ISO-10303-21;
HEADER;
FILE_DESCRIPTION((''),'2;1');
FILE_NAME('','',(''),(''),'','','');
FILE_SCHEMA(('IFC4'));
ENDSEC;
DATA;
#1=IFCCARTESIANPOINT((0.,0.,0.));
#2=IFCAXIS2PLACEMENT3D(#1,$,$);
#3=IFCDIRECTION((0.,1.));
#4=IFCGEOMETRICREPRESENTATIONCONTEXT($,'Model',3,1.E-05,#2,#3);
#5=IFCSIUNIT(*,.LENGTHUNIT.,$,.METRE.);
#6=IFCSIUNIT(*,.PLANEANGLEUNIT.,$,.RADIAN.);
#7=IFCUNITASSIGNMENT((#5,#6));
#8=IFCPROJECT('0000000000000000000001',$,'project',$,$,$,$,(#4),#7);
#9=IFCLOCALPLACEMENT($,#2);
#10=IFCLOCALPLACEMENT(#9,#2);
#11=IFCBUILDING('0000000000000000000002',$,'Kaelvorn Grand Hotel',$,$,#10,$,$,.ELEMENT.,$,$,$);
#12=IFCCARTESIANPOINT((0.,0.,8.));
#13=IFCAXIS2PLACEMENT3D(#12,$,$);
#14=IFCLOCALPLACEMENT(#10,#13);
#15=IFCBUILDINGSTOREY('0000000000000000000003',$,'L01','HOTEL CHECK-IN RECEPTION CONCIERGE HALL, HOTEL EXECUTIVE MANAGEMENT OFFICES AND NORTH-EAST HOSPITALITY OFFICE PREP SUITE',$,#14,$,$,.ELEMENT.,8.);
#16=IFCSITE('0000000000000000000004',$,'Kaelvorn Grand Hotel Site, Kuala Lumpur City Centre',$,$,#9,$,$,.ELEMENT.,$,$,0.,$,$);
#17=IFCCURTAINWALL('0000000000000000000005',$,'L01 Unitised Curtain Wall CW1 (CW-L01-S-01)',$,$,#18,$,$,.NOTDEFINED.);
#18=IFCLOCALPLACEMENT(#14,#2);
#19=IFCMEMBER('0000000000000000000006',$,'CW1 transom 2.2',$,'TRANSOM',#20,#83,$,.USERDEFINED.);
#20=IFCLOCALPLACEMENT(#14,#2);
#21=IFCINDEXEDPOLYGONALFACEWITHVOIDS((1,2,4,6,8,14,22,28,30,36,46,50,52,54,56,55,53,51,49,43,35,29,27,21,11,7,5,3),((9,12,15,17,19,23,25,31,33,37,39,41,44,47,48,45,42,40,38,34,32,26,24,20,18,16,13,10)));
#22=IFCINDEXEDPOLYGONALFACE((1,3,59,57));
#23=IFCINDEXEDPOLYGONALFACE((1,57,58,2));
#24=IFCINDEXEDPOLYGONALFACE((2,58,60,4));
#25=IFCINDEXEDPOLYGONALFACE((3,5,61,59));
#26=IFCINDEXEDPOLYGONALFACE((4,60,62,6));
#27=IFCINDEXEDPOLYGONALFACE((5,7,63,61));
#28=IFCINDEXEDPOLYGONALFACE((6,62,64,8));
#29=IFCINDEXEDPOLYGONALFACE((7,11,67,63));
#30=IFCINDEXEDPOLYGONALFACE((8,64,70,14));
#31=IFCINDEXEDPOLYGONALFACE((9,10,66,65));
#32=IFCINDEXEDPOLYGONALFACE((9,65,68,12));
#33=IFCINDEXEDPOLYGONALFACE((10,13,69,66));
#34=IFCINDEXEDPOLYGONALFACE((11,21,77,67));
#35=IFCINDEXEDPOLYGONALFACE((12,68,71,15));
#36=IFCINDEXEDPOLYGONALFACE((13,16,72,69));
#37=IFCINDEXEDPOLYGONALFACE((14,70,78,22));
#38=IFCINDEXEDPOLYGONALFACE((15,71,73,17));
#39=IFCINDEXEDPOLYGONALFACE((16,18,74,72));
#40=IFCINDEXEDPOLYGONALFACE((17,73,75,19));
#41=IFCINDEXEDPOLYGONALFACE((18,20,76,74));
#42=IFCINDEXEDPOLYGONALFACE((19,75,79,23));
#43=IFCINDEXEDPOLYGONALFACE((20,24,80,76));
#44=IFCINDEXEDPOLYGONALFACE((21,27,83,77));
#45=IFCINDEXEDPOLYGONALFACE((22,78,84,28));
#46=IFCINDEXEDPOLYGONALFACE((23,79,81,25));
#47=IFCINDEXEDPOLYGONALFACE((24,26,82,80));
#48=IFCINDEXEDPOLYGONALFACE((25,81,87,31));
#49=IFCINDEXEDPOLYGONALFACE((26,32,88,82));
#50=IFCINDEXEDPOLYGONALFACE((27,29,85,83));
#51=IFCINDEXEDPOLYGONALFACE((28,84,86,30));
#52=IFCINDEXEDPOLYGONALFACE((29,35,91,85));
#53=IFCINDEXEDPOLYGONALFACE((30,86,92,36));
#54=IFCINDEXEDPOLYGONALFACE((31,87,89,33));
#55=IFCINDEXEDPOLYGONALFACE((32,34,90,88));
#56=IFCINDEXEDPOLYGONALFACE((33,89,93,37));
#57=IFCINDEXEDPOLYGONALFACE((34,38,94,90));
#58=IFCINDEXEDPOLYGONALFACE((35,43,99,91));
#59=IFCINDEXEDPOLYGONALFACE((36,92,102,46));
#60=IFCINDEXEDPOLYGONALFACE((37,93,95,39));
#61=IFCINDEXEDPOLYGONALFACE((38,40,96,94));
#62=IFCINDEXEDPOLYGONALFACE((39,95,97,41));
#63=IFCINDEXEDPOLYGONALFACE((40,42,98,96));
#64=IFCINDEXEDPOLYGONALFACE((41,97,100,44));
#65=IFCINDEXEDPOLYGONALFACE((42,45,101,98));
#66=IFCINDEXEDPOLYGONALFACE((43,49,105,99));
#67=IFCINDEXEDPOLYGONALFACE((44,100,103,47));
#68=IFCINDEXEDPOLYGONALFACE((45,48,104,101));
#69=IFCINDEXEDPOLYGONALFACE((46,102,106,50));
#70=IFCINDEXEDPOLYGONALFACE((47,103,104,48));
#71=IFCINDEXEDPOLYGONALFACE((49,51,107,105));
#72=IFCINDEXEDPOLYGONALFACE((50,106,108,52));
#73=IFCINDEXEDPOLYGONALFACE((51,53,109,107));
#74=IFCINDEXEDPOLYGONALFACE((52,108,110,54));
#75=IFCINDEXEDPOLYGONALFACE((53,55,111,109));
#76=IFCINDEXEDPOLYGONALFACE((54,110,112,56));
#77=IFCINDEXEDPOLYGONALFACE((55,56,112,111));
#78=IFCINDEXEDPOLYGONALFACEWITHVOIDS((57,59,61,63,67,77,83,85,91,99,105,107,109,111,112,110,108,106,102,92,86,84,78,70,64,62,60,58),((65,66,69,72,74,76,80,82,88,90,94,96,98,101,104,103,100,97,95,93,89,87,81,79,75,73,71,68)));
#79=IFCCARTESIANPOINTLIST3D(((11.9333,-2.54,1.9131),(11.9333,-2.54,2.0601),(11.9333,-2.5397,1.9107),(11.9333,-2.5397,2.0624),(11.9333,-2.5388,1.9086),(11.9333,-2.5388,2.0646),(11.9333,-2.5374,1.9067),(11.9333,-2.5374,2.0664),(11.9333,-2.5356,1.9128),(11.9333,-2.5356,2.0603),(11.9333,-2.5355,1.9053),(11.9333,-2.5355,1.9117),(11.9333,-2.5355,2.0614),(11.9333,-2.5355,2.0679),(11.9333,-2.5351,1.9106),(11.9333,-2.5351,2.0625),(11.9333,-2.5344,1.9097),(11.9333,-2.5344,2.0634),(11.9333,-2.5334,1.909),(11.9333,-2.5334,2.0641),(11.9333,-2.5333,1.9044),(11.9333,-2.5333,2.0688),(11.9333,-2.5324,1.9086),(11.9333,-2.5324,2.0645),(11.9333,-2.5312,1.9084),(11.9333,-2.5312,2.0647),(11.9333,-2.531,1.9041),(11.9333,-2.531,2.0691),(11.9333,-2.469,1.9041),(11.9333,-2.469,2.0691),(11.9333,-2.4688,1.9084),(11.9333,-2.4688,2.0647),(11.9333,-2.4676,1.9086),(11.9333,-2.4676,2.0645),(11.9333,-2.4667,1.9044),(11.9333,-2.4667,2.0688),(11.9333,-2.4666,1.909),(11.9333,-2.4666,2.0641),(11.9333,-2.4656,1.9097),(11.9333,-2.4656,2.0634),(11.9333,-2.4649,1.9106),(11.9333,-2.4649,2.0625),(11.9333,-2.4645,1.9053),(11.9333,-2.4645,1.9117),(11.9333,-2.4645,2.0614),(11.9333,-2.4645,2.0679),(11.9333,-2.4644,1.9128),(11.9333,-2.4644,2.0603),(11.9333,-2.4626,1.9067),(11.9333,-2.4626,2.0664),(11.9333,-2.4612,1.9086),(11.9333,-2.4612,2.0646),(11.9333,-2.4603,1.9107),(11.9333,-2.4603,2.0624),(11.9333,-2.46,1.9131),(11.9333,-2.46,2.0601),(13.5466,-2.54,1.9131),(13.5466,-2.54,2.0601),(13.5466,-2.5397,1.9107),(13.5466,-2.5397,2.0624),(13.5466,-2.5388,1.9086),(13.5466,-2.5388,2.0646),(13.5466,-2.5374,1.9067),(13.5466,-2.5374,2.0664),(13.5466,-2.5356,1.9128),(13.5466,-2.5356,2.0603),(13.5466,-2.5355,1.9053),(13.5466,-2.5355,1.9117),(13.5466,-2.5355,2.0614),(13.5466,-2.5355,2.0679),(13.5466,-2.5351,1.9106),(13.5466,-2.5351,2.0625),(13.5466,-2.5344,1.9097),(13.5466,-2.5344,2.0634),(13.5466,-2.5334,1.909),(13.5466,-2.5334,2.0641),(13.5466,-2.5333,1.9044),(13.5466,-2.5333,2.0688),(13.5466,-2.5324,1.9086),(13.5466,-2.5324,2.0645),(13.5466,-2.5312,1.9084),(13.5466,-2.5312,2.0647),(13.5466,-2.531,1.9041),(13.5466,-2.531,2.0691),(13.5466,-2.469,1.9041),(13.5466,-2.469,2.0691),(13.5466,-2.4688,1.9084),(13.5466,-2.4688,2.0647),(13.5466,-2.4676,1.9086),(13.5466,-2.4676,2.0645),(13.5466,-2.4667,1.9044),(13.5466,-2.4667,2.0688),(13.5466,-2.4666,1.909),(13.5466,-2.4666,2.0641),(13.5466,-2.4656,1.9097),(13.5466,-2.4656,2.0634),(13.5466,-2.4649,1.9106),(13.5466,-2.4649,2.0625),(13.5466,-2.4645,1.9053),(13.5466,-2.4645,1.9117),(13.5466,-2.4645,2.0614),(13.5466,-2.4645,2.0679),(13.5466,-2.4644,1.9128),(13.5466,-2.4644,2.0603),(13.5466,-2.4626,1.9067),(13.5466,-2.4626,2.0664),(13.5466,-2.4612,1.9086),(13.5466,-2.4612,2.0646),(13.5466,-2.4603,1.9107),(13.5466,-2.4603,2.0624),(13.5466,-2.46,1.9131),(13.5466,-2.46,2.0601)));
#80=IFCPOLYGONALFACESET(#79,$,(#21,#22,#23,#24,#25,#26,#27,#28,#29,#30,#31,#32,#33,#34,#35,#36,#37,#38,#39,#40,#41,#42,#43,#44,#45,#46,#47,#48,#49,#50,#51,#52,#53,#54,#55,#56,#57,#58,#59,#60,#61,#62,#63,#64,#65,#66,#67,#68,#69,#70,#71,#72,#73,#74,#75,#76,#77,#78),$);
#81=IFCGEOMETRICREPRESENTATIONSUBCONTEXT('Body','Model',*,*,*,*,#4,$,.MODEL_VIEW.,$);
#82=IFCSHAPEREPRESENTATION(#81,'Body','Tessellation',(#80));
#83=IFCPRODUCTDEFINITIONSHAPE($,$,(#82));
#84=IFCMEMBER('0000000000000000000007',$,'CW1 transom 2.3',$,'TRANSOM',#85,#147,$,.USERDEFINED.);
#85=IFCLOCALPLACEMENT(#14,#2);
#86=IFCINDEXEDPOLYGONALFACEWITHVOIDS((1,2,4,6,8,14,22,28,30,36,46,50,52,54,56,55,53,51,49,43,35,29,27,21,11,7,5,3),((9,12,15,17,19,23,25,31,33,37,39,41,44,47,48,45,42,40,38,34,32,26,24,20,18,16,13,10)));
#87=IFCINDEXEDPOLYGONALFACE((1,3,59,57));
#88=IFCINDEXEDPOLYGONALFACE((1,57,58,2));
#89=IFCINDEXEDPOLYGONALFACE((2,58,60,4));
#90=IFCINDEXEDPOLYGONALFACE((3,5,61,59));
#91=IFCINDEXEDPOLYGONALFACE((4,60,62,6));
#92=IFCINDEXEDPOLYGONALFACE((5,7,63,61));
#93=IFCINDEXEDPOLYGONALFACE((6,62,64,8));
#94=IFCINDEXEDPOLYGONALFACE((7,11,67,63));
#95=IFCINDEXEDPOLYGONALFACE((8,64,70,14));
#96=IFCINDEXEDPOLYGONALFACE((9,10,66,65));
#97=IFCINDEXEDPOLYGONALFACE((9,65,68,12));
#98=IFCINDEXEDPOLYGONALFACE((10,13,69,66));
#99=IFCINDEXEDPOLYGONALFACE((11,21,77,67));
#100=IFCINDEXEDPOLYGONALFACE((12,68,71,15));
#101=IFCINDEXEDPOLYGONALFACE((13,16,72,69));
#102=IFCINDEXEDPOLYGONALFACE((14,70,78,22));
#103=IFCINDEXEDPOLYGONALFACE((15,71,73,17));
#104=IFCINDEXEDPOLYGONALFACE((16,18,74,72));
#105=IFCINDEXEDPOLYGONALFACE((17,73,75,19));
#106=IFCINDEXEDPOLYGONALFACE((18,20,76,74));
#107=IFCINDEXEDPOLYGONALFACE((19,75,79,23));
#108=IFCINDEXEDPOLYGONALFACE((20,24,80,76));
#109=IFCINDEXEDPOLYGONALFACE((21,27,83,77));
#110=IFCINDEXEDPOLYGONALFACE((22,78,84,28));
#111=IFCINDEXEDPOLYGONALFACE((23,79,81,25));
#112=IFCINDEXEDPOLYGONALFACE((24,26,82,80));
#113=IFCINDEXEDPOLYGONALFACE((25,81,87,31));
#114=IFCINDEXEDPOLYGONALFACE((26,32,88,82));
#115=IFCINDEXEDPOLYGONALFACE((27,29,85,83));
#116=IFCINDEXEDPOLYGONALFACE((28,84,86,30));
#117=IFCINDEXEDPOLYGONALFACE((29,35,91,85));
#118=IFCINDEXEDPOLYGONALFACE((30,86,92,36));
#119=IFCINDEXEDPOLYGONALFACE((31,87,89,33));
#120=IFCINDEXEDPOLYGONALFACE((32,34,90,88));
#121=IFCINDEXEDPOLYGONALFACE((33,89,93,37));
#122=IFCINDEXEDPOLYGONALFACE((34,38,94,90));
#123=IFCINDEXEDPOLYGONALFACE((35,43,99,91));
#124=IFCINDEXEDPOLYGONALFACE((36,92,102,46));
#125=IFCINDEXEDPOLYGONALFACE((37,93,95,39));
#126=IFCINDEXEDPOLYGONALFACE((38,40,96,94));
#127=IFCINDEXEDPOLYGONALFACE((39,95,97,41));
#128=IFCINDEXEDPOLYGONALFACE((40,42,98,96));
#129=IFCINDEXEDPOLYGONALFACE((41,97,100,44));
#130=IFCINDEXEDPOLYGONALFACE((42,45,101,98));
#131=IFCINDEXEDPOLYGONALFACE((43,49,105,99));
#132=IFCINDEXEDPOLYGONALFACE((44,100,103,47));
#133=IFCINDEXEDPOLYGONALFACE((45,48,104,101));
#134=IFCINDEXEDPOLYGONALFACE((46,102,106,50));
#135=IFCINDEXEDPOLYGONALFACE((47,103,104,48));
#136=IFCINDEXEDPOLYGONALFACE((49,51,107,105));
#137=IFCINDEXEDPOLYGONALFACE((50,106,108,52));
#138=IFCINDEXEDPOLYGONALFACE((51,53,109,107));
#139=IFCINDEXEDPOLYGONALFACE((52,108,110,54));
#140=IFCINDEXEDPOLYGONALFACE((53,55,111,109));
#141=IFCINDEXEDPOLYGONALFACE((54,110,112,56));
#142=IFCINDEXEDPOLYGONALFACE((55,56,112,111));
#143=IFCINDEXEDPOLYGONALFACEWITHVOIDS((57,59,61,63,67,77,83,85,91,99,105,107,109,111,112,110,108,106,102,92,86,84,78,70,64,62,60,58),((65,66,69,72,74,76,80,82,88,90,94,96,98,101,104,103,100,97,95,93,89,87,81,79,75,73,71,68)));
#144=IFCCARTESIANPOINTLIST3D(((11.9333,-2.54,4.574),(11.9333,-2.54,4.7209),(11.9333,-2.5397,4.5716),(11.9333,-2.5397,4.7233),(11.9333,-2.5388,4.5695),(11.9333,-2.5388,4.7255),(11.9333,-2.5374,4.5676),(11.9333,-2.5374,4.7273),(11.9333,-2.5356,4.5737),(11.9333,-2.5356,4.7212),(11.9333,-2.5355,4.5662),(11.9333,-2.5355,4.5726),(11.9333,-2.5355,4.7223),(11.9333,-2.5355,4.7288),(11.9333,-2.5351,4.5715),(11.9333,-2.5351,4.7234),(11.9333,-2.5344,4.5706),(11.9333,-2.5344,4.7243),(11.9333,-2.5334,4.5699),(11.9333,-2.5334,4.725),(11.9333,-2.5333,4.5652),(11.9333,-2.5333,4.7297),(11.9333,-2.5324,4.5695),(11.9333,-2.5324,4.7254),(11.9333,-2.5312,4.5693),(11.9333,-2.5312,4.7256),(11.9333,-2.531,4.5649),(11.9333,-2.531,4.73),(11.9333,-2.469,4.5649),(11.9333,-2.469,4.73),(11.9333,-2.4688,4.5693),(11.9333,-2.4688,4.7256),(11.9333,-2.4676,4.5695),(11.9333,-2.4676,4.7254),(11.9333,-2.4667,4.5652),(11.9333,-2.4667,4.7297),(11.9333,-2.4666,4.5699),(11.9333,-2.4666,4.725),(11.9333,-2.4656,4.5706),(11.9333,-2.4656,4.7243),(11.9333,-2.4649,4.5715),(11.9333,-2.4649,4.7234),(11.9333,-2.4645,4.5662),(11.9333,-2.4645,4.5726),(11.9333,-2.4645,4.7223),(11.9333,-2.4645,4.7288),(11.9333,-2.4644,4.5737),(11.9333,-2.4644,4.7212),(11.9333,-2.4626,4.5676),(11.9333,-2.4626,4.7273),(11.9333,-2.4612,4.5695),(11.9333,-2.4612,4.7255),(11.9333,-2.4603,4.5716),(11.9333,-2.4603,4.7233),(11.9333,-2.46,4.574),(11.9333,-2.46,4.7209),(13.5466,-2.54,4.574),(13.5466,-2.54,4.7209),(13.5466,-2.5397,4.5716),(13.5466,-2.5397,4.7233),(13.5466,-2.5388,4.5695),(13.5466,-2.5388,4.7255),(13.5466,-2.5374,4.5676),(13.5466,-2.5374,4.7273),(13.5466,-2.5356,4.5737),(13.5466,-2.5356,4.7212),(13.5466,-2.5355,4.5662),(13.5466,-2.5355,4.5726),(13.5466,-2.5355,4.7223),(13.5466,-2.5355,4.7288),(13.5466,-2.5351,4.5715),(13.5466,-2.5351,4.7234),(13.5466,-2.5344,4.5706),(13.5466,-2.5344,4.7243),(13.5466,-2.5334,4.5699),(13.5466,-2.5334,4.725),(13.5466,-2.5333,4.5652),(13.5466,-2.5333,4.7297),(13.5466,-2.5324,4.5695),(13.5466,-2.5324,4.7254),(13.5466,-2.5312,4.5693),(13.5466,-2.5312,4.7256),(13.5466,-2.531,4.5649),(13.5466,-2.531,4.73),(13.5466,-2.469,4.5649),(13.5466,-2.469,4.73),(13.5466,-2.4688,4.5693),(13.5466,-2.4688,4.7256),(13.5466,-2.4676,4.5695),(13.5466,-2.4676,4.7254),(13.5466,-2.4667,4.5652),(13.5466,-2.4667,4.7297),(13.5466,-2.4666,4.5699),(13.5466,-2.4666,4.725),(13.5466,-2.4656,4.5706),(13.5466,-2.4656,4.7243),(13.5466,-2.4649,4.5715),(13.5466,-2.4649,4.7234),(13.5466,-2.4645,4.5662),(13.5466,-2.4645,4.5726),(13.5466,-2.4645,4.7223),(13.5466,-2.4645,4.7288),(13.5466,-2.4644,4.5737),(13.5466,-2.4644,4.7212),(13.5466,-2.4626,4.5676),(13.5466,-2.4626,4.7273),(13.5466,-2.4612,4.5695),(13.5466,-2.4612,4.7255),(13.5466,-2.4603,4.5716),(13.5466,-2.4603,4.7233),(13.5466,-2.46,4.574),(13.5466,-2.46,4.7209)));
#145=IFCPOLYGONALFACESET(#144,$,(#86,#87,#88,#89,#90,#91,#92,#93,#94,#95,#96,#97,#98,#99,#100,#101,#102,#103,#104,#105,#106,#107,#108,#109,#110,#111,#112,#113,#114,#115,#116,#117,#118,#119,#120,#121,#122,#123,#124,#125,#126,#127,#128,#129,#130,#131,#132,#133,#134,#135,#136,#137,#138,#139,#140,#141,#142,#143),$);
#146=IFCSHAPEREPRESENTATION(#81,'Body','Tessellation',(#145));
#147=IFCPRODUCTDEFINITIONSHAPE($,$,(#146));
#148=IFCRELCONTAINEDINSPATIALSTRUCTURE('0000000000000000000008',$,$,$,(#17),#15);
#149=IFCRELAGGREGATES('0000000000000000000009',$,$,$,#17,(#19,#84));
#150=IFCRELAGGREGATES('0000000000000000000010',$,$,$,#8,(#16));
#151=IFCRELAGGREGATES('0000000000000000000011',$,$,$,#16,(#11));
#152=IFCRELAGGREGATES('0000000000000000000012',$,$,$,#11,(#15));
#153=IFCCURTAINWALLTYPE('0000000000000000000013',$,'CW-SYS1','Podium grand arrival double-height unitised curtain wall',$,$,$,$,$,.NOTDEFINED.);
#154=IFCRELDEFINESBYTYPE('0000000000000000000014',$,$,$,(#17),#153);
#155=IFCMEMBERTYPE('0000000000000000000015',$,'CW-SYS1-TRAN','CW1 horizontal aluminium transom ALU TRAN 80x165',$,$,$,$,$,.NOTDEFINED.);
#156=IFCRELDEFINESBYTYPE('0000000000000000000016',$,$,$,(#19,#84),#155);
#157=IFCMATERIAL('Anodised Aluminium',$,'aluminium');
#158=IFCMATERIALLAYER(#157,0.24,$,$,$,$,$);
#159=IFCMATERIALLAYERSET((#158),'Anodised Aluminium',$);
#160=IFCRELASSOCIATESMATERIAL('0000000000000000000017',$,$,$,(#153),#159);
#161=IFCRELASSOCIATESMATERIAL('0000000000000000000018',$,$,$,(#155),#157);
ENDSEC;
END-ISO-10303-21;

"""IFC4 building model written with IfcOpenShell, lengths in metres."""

from ifc_helpers import new_model, si_unit, direction, frame, origin, origin_2d, place, context, subcontext, project, spatial, hollow_rectangle, extrude, material, layer, layer_set, material_profile, profile_set, type_object, element, aggregate, save


model = new_model("IFC4")

# Units and contexts
model_context = context("Model", 3, precision=1e-05, world=origin(), true_north=direction((0.0, 1.0)))
body_context = subcontext(model_context, "Body", "Model", "MODEL_VIEW")
ifc_project = project(units=[si_unit("LENGTHUNIT", "METRE"), si_unit("PLANEANGLEUNIT", "RADIAN")], contexts=[model_context])

# Site, building, storey
site_placement = place(None, origin())
site = spatial("IfcSite", under=ifc_project, at=site_placement, Name="Kaelvorn Grand Hotel Site, Kuala Lumpur City Centre", CompositionType="ELEMENT", RefElevation=0.0)
building_placement = place(site_placement, origin())
building = spatial("IfcBuilding", under=site, at=building_placement, Name="Kaelvorn Grand Hotel", CompositionType="ELEMENT")
storey_placement = place(building_placement, frame((0.0, 0.0, 8.0)))
storey = spatial("IfcBuildingStorey", under=building, at=storey_placement, Name="L01", Description="HOTEL CHECK-IN RECEPTION CONCIERGE HALL, HOTEL EXECUTIVE MANAGEMENT OFFICES AND NORTH-EAST HOSPITALITY OFFICE PREP SUITE", CompositionType="ELEMENT", Elevation=8.0)

# Curtain wall
ifc_material_1 = material(Name="Anodised Aluminium", Category="aluminium")
ifc_layer_1 = layer(ifc_material_1, 0.24)
ifc_layer_set_1 = layer_set([ifc_layer_1], Name="Anodised Aluminium")
curtain_wall_type = type_object("IfcCurtainWallType", Name="CW-SYS1", Description="Podium grand arrival double-height unitised curtain wall", PredefinedType="NOTDEFINED", material=ifc_layer_set_1)
curtain_wall_1_placement = place(storey_placement, origin())
curtain_wall_1 = element("IfcCurtainWall", 1, at=curtain_wall_1_placement, inside=storey, type_object=curtain_wall_type, Name="L01 Unitised Curtain Wall CW1 (CW-L01-S-01)", PredefinedType="NOTDEFINED")

# Members
ifc_material_profile_1 = material_profile(ifc_material_1, hollow_rectangle(XDim=0.0801, YDim=0.165, WallThickness=0.0044, InnerFilletRadius=0.0044, OuterFilletRadius=0.009, at=origin_2d()), Name="ALU TRAN 80x165")
ifc_profile_set_1 = profile_set([ifc_material_profile_1], Name="Anodised Aluminium")
member_type_1 = type_object("IfcMemberType", Name="CW-SYS1-TRAN", Description="CW1 horizontal aluminium transom ALU TRAN 80x165", PredefinedType="NOTDEFINED", material=ifc_profile_set_1)
member_1_placement = place(storey_placement, frame((11.9333, -2.5, 1.9866), z_axis=(1.0, 0.0, 0.0), x_axis=(0.0, 1.0, 0.0)))
member_1 = element("IfcMember", 2, at=member_1_placement, type_object=member_type_1, Name="CW1 transom 2.2", ObjectType="TRANSOM", PredefinedType="USERDEFINED", context=body_context, shape_type="SweptSolid", body=[
    extrude(hollow_rectangle(XDim=0.0801, YDim=0.165, WallThickness=0.0044, InnerFilletRadius=0.0044, OuterFilletRadius=0.009, at=origin_2d()), origin(), (0.0, 0.0, 1.0), 1.6133),
])
member_2_placement = place(storey_placement, frame((11.9333, -2.5, 4.6475), z_axis=(1.0, 0.0, 0.0), x_axis=(0.0, 1.0, 0.0)))
member_2 = element("IfcMember", 3, at=member_2_placement, type_object=member_type_1, Name="CW1 transom 2.3", ObjectType="TRANSOM", PredefinedType="USERDEFINED", context=body_context, shape_type="SweptSolid", body=[
    extrude(hollow_rectangle(XDim=0.0801, YDim=0.165, WallThickness=0.0044, InnerFilletRadius=0.0044, OuterFilletRadius=0.009, at=origin_2d()), origin(), (0.0, 0.0, 1.0), 1.6133),
])

aggregate(curtain_wall_1, [member_1, member_2])

save(model, "model.ifc")
